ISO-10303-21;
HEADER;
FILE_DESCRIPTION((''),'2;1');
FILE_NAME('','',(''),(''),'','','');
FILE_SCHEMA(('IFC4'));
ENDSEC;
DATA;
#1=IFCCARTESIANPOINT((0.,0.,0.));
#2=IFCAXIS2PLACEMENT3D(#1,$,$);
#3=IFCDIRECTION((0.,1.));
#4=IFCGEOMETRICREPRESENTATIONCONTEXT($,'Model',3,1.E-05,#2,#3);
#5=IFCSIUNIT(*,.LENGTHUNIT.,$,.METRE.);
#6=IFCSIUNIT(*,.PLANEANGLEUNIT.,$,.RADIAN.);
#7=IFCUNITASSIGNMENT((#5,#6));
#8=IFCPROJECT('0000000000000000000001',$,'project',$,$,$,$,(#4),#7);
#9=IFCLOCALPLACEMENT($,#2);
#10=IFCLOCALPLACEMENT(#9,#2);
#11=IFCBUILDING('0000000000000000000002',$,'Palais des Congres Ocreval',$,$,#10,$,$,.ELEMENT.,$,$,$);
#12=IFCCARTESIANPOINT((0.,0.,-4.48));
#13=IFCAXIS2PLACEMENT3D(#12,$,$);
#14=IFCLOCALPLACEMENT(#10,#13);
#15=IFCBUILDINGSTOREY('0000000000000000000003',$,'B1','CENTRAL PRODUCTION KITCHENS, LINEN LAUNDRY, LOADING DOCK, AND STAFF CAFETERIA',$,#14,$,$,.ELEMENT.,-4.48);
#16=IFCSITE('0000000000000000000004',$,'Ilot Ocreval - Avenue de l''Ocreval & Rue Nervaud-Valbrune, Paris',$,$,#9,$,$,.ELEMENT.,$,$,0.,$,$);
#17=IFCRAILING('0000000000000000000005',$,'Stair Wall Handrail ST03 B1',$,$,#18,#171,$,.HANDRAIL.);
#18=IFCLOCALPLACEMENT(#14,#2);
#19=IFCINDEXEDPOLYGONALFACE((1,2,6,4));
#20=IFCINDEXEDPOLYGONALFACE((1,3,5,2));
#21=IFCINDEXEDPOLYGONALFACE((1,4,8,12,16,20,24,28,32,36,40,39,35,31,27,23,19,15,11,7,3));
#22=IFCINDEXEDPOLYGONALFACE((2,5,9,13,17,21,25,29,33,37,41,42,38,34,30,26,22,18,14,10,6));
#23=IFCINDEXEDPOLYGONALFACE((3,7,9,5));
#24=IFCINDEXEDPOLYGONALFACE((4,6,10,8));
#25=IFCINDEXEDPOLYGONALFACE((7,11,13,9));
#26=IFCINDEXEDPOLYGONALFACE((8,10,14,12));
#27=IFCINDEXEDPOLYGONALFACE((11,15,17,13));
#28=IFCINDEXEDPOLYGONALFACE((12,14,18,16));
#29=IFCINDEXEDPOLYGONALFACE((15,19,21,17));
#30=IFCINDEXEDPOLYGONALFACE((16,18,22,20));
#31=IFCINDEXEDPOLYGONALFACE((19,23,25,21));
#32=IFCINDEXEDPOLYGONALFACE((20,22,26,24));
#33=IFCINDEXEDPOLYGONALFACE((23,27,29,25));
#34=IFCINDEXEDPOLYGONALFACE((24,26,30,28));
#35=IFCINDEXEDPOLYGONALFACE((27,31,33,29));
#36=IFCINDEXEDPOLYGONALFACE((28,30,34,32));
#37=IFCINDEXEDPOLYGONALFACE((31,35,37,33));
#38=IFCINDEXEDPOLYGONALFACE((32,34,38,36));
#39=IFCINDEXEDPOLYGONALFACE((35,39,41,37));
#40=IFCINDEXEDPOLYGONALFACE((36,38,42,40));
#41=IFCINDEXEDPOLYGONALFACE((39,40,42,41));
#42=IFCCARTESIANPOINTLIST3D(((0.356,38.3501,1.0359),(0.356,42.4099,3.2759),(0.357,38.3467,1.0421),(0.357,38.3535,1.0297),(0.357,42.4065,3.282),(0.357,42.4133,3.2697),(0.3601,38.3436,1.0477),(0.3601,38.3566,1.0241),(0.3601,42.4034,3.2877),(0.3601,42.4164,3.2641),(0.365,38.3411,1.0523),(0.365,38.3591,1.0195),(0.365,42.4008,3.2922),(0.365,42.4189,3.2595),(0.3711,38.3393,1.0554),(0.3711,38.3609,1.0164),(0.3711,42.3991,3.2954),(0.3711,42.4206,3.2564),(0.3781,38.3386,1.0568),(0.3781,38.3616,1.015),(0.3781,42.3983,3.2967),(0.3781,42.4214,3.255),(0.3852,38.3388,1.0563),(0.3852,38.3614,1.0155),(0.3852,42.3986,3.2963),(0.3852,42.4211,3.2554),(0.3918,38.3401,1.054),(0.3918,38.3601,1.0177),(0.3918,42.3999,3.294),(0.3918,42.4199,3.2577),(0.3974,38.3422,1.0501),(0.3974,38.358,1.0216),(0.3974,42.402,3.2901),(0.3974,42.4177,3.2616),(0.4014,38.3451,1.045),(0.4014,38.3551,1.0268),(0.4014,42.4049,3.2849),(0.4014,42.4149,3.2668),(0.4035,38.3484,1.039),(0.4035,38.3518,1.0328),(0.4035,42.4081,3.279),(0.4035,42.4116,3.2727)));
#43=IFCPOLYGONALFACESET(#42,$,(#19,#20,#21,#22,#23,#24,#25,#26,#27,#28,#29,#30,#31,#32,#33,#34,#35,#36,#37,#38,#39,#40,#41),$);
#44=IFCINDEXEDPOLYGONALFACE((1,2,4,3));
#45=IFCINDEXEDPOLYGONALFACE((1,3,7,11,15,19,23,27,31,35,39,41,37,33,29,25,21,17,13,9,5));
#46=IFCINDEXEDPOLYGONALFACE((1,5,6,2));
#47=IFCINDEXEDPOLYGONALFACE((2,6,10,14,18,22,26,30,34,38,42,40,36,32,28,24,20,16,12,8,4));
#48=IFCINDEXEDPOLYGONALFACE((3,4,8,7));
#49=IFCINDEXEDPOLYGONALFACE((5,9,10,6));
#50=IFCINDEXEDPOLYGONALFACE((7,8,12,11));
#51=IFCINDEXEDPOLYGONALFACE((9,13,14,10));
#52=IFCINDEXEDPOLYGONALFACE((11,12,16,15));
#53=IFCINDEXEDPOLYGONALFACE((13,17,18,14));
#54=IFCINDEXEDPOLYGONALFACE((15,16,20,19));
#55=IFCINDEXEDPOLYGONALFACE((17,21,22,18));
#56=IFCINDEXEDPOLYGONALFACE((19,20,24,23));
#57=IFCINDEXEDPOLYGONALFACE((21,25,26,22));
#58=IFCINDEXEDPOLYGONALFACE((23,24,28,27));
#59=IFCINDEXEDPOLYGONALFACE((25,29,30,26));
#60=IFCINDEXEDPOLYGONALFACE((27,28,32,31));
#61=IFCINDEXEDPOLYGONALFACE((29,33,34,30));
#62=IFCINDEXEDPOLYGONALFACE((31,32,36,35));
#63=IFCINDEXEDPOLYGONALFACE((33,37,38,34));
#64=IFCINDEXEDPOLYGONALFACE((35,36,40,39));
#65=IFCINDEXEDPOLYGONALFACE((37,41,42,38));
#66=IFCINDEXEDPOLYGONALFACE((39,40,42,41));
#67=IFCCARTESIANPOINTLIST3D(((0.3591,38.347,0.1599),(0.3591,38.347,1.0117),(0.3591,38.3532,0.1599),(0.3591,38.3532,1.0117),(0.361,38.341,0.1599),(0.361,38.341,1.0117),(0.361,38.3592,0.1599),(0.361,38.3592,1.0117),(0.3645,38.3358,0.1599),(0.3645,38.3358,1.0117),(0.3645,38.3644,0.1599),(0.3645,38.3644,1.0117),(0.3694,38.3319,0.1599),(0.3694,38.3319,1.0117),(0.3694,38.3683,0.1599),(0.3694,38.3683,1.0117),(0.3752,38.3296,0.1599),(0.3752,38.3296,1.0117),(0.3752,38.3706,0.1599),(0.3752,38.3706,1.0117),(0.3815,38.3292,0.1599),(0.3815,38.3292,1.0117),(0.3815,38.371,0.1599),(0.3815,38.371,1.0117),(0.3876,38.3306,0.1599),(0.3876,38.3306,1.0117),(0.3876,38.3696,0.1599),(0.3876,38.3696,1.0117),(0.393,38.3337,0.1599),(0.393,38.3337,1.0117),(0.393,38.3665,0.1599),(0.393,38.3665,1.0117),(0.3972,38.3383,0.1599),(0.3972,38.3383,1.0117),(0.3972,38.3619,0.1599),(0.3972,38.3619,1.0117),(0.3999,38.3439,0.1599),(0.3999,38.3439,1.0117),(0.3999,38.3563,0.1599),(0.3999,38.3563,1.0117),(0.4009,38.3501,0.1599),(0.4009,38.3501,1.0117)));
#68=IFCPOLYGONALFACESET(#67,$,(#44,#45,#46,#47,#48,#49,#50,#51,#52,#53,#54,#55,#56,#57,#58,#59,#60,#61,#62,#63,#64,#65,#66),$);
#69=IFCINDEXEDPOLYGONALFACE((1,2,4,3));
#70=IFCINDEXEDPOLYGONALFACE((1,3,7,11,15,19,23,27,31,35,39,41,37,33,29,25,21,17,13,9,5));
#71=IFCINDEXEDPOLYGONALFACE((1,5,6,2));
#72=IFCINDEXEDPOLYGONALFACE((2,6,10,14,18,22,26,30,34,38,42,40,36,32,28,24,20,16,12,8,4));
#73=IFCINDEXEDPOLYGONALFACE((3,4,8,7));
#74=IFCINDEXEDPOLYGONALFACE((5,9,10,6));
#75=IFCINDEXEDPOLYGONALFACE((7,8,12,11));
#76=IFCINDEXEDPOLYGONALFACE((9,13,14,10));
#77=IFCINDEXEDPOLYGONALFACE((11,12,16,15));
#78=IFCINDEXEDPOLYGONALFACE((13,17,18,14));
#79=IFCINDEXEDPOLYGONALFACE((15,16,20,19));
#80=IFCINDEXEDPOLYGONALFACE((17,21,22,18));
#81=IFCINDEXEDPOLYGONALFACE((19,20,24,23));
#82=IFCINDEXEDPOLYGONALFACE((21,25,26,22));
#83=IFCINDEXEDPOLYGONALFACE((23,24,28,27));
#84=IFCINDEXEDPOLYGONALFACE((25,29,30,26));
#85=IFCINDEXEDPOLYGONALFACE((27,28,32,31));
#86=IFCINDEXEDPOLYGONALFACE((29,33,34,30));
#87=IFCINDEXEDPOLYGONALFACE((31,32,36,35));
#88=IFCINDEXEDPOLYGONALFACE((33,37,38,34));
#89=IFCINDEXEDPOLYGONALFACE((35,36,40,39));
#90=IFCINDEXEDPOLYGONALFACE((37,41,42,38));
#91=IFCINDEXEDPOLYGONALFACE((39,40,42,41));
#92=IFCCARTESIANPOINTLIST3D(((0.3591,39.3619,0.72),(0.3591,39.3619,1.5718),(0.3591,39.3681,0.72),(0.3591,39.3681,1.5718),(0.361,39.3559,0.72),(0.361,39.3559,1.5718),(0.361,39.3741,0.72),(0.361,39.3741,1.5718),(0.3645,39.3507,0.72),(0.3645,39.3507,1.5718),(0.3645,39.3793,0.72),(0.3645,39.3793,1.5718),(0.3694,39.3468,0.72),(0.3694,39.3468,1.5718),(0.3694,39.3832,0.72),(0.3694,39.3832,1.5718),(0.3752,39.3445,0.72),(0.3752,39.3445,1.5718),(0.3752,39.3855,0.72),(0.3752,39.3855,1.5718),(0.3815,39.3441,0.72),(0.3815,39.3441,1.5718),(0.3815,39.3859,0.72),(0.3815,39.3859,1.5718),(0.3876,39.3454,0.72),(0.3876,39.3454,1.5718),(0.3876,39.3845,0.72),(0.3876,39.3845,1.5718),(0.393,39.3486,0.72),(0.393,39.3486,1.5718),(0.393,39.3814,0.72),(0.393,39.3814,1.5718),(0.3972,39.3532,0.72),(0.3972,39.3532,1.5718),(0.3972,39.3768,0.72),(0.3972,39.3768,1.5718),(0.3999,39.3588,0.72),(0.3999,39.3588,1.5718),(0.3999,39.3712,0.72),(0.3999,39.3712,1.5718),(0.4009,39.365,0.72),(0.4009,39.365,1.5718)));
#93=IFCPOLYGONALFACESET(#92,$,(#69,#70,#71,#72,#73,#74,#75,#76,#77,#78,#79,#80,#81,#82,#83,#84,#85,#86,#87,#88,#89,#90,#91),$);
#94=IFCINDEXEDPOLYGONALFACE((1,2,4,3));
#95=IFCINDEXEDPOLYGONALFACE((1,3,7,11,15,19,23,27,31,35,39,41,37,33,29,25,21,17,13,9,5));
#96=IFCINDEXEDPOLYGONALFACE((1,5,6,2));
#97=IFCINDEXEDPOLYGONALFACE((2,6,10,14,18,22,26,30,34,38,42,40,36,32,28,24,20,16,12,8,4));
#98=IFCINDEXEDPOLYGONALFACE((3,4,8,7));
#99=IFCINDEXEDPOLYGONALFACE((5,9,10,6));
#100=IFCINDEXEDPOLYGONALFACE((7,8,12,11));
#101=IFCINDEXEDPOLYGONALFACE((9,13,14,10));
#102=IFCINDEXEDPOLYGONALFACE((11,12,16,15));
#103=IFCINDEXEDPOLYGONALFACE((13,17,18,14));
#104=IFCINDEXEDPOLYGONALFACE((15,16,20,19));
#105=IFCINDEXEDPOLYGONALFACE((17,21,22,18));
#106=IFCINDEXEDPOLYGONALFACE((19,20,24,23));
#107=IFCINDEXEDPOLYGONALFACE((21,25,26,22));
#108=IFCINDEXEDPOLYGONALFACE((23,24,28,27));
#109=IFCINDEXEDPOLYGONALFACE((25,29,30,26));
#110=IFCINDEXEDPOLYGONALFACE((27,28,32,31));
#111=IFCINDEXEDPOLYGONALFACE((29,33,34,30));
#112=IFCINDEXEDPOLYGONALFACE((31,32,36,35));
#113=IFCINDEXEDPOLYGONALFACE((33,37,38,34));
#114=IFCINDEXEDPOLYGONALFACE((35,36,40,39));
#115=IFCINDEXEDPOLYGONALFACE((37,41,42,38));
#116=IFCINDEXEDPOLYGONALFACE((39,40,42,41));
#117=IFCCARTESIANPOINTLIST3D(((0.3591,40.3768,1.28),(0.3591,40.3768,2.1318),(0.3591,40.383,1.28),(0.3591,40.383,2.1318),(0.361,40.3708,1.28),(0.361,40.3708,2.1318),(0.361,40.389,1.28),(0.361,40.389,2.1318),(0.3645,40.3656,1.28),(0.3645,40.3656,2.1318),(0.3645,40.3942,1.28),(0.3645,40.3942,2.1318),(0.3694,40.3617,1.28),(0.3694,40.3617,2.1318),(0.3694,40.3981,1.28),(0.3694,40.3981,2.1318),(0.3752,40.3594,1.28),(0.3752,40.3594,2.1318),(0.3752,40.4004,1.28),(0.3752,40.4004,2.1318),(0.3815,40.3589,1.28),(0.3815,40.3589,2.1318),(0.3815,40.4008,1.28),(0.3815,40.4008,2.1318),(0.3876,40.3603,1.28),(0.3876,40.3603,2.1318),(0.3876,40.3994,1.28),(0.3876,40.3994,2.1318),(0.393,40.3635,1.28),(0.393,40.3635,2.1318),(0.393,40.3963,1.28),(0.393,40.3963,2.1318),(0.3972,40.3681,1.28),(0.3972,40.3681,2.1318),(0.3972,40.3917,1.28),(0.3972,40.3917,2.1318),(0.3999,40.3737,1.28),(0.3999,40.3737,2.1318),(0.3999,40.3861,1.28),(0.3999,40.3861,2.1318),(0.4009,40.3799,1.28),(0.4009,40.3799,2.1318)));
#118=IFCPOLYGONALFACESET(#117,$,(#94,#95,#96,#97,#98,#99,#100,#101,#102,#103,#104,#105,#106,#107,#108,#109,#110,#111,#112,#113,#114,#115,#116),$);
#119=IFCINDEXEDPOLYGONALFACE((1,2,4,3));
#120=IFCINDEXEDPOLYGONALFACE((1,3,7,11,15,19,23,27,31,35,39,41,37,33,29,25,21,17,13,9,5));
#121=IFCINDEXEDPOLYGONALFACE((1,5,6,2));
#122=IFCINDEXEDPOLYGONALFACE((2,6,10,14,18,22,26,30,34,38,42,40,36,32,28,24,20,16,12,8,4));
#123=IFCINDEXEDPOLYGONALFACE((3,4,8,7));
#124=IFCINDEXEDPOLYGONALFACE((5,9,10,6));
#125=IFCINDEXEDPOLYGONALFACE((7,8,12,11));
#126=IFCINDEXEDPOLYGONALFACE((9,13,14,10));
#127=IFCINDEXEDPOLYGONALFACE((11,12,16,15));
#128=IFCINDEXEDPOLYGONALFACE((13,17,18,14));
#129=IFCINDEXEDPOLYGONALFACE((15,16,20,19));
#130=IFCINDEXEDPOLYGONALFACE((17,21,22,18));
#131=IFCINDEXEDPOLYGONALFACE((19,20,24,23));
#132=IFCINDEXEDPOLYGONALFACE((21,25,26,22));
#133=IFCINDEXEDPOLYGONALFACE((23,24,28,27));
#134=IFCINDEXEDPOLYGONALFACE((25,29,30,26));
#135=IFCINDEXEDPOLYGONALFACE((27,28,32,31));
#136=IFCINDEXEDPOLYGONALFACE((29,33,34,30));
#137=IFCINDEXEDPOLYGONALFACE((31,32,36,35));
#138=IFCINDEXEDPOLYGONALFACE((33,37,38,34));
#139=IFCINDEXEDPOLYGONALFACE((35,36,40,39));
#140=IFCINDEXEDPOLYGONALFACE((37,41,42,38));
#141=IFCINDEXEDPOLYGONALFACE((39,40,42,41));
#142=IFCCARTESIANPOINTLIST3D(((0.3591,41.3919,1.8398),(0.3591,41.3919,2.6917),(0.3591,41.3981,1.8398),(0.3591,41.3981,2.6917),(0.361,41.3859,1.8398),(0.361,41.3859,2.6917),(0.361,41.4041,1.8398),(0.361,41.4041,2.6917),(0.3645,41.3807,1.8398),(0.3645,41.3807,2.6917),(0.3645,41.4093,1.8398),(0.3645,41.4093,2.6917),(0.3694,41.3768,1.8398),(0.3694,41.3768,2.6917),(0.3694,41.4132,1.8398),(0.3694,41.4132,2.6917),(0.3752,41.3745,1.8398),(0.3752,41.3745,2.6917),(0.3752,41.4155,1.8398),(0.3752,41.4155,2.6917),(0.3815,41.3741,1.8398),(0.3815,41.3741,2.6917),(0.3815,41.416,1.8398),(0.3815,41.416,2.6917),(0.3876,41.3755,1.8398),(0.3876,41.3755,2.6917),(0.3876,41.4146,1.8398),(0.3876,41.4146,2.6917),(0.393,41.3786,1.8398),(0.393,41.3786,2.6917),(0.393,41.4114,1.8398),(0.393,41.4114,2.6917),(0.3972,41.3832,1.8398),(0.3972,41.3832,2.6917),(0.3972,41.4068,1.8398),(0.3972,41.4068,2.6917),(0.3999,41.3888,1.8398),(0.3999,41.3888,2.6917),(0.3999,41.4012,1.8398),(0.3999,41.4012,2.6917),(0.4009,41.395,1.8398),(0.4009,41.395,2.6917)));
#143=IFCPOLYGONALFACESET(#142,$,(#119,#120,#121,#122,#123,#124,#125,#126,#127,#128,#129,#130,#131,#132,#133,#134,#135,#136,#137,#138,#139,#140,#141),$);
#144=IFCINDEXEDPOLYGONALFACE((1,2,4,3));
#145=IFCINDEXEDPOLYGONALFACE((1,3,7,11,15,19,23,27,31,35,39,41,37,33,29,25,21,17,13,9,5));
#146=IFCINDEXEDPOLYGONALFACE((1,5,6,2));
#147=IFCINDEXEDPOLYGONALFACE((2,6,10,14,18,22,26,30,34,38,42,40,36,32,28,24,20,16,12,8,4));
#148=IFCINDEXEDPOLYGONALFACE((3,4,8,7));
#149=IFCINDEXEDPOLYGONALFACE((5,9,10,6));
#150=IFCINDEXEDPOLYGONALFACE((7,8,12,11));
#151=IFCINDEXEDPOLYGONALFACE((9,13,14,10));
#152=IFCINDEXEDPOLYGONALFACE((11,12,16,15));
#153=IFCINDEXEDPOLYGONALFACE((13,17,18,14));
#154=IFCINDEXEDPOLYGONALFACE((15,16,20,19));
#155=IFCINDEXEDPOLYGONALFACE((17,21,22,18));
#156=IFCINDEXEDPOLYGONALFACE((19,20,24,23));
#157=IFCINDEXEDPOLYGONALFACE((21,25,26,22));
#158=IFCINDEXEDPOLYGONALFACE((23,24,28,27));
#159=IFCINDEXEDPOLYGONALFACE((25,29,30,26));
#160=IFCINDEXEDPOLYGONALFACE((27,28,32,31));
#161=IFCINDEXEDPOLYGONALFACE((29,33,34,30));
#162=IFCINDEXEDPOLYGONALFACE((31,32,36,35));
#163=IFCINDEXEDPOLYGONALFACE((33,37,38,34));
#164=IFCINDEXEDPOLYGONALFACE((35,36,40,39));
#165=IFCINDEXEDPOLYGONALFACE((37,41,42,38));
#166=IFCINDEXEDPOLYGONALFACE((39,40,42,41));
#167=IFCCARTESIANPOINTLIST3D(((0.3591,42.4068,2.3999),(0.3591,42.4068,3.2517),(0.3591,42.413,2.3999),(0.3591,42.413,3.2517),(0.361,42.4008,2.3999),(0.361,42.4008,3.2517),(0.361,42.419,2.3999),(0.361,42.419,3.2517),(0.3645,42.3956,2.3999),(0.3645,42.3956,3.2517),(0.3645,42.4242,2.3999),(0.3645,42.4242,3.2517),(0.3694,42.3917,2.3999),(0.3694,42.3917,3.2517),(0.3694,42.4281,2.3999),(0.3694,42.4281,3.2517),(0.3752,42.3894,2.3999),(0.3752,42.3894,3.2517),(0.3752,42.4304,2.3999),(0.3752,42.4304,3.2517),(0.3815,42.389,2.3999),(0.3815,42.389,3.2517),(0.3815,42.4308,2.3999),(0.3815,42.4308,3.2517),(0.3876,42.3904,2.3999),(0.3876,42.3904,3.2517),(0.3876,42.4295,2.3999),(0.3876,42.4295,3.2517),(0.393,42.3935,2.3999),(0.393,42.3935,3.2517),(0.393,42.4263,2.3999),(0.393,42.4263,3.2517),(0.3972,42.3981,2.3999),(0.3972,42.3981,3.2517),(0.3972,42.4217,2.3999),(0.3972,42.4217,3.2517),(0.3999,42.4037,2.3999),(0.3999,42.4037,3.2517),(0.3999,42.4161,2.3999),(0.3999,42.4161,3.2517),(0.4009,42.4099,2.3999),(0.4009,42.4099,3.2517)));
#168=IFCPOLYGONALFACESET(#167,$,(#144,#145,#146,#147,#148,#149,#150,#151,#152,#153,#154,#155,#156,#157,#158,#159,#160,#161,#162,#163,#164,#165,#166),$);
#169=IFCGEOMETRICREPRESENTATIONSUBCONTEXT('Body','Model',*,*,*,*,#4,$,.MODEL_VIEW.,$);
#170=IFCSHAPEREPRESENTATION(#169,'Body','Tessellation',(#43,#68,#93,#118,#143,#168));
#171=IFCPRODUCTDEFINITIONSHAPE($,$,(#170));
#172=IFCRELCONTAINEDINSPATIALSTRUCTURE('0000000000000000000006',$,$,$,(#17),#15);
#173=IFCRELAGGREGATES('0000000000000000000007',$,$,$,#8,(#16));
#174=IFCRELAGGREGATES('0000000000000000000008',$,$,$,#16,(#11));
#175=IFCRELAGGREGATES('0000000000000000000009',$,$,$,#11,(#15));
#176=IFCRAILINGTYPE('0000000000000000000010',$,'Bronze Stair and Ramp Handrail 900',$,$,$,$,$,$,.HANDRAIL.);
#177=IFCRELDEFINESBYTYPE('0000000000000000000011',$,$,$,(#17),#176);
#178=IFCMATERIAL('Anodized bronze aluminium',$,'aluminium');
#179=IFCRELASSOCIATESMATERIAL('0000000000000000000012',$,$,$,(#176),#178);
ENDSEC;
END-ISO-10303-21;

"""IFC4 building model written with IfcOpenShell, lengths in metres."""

from ifc_helpers import new_model, si_unit, direction, frame, origin, origin_2d, place, context, subcontext, project, spatial, circle, extrude, material, type_object, element, save


model = new_model("IFC4")

# Units and contexts
model_context = context("Model", 3, precision=1e-05, world=origin(), true_north=direction((0.0, 1.0)))
body_context = subcontext(model_context, "Body", "Model", "MODEL_VIEW")
ifc_project = project(units=[si_unit("LENGTHUNIT", "METRE"), si_unit("PLANEANGLEUNIT", "RADIAN")], contexts=[model_context])

# Site, building, storey
site_placement = place(None, origin())
site = spatial("IfcSite", under=ifc_project, at=site_placement, Name="Ilot Ocreval - Avenue de l'Ocreval & Rue Nervaud-Valbrune, Paris", CompositionType="ELEMENT", RefElevation=0.0)
building_placement = place(site_placement, origin())
building = spatial("IfcBuilding", under=site, at=building_placement, Name="Palais des Congres Ocreval", CompositionType="ELEMENT")
storey_placement = place(building_placement, frame((0.0, 0.0, -4.48)))
storey = spatial("IfcBuildingStorey", under=building, at=storey_placement, Name="B1", Description="CENTRAL PRODUCTION KITCHENS, LINEN LAUNDRY, LOADING DOCK, AND STAFF CAFETERIA", CompositionType="ELEMENT", Elevation=-4.48)

# Railing
ifc_material_1 = material(Name="Anodized bronze aluminium", Category="aluminium")
railing_type_1 = type_object("IfcRailingType", Name="Bronze Stair and Ramp Handrail 900", PredefinedType="HANDRAIL", material=ifc_material_1)
railing_1_placement = place(storey_placement, frame((0.3799, 38.3501, 0.1599)))
element("IfcRailing", 1, at=railing_1_placement, inside=storey, type_object=railing_type_1, Name="Stair Wall Handrail ST03 B1", PredefinedType="HANDRAIL", context=body_context, shape_type="SweptSolid", body=[
    extrude(circle(Radius=0.0239, at=origin_2d()), frame((0.0, 0.0, 0.876), z_axis=(0.0, 0.875569, 0.483093), x_axis=(-1.0, 0.0, 0.0)), (0.0, 0.0, 1.0), 4.6367),
    extrude(circle(Radius=0.021, at=origin_2d()), origin(), (0.0, 0.0, 1.0), 0.8518),
    extrude(circle(Radius=0.021, at=origin_2d()), frame((0.0, 1.0149, 0.5601)), (0.0, 0.0, 1.0), 0.8518),
    extrude(circle(Radius=0.021, at=origin_2d()), frame((0.0, 2.0298, 1.1201)), (0.0, 0.0, 1.0), 0.8518),
    extrude(circle(Radius=0.021, at=origin_2d()), frame((0.0, 3.0449, 1.6799)), (0.0, 0.0, 1.0), 0.8518),
    extrude(circle(Radius=0.021, at=origin_2d()), frame((0.0, 4.0598, 2.24)), (0.0, 0.0, 1.0), 0.8518),
])

save(model, "model.ifc")
